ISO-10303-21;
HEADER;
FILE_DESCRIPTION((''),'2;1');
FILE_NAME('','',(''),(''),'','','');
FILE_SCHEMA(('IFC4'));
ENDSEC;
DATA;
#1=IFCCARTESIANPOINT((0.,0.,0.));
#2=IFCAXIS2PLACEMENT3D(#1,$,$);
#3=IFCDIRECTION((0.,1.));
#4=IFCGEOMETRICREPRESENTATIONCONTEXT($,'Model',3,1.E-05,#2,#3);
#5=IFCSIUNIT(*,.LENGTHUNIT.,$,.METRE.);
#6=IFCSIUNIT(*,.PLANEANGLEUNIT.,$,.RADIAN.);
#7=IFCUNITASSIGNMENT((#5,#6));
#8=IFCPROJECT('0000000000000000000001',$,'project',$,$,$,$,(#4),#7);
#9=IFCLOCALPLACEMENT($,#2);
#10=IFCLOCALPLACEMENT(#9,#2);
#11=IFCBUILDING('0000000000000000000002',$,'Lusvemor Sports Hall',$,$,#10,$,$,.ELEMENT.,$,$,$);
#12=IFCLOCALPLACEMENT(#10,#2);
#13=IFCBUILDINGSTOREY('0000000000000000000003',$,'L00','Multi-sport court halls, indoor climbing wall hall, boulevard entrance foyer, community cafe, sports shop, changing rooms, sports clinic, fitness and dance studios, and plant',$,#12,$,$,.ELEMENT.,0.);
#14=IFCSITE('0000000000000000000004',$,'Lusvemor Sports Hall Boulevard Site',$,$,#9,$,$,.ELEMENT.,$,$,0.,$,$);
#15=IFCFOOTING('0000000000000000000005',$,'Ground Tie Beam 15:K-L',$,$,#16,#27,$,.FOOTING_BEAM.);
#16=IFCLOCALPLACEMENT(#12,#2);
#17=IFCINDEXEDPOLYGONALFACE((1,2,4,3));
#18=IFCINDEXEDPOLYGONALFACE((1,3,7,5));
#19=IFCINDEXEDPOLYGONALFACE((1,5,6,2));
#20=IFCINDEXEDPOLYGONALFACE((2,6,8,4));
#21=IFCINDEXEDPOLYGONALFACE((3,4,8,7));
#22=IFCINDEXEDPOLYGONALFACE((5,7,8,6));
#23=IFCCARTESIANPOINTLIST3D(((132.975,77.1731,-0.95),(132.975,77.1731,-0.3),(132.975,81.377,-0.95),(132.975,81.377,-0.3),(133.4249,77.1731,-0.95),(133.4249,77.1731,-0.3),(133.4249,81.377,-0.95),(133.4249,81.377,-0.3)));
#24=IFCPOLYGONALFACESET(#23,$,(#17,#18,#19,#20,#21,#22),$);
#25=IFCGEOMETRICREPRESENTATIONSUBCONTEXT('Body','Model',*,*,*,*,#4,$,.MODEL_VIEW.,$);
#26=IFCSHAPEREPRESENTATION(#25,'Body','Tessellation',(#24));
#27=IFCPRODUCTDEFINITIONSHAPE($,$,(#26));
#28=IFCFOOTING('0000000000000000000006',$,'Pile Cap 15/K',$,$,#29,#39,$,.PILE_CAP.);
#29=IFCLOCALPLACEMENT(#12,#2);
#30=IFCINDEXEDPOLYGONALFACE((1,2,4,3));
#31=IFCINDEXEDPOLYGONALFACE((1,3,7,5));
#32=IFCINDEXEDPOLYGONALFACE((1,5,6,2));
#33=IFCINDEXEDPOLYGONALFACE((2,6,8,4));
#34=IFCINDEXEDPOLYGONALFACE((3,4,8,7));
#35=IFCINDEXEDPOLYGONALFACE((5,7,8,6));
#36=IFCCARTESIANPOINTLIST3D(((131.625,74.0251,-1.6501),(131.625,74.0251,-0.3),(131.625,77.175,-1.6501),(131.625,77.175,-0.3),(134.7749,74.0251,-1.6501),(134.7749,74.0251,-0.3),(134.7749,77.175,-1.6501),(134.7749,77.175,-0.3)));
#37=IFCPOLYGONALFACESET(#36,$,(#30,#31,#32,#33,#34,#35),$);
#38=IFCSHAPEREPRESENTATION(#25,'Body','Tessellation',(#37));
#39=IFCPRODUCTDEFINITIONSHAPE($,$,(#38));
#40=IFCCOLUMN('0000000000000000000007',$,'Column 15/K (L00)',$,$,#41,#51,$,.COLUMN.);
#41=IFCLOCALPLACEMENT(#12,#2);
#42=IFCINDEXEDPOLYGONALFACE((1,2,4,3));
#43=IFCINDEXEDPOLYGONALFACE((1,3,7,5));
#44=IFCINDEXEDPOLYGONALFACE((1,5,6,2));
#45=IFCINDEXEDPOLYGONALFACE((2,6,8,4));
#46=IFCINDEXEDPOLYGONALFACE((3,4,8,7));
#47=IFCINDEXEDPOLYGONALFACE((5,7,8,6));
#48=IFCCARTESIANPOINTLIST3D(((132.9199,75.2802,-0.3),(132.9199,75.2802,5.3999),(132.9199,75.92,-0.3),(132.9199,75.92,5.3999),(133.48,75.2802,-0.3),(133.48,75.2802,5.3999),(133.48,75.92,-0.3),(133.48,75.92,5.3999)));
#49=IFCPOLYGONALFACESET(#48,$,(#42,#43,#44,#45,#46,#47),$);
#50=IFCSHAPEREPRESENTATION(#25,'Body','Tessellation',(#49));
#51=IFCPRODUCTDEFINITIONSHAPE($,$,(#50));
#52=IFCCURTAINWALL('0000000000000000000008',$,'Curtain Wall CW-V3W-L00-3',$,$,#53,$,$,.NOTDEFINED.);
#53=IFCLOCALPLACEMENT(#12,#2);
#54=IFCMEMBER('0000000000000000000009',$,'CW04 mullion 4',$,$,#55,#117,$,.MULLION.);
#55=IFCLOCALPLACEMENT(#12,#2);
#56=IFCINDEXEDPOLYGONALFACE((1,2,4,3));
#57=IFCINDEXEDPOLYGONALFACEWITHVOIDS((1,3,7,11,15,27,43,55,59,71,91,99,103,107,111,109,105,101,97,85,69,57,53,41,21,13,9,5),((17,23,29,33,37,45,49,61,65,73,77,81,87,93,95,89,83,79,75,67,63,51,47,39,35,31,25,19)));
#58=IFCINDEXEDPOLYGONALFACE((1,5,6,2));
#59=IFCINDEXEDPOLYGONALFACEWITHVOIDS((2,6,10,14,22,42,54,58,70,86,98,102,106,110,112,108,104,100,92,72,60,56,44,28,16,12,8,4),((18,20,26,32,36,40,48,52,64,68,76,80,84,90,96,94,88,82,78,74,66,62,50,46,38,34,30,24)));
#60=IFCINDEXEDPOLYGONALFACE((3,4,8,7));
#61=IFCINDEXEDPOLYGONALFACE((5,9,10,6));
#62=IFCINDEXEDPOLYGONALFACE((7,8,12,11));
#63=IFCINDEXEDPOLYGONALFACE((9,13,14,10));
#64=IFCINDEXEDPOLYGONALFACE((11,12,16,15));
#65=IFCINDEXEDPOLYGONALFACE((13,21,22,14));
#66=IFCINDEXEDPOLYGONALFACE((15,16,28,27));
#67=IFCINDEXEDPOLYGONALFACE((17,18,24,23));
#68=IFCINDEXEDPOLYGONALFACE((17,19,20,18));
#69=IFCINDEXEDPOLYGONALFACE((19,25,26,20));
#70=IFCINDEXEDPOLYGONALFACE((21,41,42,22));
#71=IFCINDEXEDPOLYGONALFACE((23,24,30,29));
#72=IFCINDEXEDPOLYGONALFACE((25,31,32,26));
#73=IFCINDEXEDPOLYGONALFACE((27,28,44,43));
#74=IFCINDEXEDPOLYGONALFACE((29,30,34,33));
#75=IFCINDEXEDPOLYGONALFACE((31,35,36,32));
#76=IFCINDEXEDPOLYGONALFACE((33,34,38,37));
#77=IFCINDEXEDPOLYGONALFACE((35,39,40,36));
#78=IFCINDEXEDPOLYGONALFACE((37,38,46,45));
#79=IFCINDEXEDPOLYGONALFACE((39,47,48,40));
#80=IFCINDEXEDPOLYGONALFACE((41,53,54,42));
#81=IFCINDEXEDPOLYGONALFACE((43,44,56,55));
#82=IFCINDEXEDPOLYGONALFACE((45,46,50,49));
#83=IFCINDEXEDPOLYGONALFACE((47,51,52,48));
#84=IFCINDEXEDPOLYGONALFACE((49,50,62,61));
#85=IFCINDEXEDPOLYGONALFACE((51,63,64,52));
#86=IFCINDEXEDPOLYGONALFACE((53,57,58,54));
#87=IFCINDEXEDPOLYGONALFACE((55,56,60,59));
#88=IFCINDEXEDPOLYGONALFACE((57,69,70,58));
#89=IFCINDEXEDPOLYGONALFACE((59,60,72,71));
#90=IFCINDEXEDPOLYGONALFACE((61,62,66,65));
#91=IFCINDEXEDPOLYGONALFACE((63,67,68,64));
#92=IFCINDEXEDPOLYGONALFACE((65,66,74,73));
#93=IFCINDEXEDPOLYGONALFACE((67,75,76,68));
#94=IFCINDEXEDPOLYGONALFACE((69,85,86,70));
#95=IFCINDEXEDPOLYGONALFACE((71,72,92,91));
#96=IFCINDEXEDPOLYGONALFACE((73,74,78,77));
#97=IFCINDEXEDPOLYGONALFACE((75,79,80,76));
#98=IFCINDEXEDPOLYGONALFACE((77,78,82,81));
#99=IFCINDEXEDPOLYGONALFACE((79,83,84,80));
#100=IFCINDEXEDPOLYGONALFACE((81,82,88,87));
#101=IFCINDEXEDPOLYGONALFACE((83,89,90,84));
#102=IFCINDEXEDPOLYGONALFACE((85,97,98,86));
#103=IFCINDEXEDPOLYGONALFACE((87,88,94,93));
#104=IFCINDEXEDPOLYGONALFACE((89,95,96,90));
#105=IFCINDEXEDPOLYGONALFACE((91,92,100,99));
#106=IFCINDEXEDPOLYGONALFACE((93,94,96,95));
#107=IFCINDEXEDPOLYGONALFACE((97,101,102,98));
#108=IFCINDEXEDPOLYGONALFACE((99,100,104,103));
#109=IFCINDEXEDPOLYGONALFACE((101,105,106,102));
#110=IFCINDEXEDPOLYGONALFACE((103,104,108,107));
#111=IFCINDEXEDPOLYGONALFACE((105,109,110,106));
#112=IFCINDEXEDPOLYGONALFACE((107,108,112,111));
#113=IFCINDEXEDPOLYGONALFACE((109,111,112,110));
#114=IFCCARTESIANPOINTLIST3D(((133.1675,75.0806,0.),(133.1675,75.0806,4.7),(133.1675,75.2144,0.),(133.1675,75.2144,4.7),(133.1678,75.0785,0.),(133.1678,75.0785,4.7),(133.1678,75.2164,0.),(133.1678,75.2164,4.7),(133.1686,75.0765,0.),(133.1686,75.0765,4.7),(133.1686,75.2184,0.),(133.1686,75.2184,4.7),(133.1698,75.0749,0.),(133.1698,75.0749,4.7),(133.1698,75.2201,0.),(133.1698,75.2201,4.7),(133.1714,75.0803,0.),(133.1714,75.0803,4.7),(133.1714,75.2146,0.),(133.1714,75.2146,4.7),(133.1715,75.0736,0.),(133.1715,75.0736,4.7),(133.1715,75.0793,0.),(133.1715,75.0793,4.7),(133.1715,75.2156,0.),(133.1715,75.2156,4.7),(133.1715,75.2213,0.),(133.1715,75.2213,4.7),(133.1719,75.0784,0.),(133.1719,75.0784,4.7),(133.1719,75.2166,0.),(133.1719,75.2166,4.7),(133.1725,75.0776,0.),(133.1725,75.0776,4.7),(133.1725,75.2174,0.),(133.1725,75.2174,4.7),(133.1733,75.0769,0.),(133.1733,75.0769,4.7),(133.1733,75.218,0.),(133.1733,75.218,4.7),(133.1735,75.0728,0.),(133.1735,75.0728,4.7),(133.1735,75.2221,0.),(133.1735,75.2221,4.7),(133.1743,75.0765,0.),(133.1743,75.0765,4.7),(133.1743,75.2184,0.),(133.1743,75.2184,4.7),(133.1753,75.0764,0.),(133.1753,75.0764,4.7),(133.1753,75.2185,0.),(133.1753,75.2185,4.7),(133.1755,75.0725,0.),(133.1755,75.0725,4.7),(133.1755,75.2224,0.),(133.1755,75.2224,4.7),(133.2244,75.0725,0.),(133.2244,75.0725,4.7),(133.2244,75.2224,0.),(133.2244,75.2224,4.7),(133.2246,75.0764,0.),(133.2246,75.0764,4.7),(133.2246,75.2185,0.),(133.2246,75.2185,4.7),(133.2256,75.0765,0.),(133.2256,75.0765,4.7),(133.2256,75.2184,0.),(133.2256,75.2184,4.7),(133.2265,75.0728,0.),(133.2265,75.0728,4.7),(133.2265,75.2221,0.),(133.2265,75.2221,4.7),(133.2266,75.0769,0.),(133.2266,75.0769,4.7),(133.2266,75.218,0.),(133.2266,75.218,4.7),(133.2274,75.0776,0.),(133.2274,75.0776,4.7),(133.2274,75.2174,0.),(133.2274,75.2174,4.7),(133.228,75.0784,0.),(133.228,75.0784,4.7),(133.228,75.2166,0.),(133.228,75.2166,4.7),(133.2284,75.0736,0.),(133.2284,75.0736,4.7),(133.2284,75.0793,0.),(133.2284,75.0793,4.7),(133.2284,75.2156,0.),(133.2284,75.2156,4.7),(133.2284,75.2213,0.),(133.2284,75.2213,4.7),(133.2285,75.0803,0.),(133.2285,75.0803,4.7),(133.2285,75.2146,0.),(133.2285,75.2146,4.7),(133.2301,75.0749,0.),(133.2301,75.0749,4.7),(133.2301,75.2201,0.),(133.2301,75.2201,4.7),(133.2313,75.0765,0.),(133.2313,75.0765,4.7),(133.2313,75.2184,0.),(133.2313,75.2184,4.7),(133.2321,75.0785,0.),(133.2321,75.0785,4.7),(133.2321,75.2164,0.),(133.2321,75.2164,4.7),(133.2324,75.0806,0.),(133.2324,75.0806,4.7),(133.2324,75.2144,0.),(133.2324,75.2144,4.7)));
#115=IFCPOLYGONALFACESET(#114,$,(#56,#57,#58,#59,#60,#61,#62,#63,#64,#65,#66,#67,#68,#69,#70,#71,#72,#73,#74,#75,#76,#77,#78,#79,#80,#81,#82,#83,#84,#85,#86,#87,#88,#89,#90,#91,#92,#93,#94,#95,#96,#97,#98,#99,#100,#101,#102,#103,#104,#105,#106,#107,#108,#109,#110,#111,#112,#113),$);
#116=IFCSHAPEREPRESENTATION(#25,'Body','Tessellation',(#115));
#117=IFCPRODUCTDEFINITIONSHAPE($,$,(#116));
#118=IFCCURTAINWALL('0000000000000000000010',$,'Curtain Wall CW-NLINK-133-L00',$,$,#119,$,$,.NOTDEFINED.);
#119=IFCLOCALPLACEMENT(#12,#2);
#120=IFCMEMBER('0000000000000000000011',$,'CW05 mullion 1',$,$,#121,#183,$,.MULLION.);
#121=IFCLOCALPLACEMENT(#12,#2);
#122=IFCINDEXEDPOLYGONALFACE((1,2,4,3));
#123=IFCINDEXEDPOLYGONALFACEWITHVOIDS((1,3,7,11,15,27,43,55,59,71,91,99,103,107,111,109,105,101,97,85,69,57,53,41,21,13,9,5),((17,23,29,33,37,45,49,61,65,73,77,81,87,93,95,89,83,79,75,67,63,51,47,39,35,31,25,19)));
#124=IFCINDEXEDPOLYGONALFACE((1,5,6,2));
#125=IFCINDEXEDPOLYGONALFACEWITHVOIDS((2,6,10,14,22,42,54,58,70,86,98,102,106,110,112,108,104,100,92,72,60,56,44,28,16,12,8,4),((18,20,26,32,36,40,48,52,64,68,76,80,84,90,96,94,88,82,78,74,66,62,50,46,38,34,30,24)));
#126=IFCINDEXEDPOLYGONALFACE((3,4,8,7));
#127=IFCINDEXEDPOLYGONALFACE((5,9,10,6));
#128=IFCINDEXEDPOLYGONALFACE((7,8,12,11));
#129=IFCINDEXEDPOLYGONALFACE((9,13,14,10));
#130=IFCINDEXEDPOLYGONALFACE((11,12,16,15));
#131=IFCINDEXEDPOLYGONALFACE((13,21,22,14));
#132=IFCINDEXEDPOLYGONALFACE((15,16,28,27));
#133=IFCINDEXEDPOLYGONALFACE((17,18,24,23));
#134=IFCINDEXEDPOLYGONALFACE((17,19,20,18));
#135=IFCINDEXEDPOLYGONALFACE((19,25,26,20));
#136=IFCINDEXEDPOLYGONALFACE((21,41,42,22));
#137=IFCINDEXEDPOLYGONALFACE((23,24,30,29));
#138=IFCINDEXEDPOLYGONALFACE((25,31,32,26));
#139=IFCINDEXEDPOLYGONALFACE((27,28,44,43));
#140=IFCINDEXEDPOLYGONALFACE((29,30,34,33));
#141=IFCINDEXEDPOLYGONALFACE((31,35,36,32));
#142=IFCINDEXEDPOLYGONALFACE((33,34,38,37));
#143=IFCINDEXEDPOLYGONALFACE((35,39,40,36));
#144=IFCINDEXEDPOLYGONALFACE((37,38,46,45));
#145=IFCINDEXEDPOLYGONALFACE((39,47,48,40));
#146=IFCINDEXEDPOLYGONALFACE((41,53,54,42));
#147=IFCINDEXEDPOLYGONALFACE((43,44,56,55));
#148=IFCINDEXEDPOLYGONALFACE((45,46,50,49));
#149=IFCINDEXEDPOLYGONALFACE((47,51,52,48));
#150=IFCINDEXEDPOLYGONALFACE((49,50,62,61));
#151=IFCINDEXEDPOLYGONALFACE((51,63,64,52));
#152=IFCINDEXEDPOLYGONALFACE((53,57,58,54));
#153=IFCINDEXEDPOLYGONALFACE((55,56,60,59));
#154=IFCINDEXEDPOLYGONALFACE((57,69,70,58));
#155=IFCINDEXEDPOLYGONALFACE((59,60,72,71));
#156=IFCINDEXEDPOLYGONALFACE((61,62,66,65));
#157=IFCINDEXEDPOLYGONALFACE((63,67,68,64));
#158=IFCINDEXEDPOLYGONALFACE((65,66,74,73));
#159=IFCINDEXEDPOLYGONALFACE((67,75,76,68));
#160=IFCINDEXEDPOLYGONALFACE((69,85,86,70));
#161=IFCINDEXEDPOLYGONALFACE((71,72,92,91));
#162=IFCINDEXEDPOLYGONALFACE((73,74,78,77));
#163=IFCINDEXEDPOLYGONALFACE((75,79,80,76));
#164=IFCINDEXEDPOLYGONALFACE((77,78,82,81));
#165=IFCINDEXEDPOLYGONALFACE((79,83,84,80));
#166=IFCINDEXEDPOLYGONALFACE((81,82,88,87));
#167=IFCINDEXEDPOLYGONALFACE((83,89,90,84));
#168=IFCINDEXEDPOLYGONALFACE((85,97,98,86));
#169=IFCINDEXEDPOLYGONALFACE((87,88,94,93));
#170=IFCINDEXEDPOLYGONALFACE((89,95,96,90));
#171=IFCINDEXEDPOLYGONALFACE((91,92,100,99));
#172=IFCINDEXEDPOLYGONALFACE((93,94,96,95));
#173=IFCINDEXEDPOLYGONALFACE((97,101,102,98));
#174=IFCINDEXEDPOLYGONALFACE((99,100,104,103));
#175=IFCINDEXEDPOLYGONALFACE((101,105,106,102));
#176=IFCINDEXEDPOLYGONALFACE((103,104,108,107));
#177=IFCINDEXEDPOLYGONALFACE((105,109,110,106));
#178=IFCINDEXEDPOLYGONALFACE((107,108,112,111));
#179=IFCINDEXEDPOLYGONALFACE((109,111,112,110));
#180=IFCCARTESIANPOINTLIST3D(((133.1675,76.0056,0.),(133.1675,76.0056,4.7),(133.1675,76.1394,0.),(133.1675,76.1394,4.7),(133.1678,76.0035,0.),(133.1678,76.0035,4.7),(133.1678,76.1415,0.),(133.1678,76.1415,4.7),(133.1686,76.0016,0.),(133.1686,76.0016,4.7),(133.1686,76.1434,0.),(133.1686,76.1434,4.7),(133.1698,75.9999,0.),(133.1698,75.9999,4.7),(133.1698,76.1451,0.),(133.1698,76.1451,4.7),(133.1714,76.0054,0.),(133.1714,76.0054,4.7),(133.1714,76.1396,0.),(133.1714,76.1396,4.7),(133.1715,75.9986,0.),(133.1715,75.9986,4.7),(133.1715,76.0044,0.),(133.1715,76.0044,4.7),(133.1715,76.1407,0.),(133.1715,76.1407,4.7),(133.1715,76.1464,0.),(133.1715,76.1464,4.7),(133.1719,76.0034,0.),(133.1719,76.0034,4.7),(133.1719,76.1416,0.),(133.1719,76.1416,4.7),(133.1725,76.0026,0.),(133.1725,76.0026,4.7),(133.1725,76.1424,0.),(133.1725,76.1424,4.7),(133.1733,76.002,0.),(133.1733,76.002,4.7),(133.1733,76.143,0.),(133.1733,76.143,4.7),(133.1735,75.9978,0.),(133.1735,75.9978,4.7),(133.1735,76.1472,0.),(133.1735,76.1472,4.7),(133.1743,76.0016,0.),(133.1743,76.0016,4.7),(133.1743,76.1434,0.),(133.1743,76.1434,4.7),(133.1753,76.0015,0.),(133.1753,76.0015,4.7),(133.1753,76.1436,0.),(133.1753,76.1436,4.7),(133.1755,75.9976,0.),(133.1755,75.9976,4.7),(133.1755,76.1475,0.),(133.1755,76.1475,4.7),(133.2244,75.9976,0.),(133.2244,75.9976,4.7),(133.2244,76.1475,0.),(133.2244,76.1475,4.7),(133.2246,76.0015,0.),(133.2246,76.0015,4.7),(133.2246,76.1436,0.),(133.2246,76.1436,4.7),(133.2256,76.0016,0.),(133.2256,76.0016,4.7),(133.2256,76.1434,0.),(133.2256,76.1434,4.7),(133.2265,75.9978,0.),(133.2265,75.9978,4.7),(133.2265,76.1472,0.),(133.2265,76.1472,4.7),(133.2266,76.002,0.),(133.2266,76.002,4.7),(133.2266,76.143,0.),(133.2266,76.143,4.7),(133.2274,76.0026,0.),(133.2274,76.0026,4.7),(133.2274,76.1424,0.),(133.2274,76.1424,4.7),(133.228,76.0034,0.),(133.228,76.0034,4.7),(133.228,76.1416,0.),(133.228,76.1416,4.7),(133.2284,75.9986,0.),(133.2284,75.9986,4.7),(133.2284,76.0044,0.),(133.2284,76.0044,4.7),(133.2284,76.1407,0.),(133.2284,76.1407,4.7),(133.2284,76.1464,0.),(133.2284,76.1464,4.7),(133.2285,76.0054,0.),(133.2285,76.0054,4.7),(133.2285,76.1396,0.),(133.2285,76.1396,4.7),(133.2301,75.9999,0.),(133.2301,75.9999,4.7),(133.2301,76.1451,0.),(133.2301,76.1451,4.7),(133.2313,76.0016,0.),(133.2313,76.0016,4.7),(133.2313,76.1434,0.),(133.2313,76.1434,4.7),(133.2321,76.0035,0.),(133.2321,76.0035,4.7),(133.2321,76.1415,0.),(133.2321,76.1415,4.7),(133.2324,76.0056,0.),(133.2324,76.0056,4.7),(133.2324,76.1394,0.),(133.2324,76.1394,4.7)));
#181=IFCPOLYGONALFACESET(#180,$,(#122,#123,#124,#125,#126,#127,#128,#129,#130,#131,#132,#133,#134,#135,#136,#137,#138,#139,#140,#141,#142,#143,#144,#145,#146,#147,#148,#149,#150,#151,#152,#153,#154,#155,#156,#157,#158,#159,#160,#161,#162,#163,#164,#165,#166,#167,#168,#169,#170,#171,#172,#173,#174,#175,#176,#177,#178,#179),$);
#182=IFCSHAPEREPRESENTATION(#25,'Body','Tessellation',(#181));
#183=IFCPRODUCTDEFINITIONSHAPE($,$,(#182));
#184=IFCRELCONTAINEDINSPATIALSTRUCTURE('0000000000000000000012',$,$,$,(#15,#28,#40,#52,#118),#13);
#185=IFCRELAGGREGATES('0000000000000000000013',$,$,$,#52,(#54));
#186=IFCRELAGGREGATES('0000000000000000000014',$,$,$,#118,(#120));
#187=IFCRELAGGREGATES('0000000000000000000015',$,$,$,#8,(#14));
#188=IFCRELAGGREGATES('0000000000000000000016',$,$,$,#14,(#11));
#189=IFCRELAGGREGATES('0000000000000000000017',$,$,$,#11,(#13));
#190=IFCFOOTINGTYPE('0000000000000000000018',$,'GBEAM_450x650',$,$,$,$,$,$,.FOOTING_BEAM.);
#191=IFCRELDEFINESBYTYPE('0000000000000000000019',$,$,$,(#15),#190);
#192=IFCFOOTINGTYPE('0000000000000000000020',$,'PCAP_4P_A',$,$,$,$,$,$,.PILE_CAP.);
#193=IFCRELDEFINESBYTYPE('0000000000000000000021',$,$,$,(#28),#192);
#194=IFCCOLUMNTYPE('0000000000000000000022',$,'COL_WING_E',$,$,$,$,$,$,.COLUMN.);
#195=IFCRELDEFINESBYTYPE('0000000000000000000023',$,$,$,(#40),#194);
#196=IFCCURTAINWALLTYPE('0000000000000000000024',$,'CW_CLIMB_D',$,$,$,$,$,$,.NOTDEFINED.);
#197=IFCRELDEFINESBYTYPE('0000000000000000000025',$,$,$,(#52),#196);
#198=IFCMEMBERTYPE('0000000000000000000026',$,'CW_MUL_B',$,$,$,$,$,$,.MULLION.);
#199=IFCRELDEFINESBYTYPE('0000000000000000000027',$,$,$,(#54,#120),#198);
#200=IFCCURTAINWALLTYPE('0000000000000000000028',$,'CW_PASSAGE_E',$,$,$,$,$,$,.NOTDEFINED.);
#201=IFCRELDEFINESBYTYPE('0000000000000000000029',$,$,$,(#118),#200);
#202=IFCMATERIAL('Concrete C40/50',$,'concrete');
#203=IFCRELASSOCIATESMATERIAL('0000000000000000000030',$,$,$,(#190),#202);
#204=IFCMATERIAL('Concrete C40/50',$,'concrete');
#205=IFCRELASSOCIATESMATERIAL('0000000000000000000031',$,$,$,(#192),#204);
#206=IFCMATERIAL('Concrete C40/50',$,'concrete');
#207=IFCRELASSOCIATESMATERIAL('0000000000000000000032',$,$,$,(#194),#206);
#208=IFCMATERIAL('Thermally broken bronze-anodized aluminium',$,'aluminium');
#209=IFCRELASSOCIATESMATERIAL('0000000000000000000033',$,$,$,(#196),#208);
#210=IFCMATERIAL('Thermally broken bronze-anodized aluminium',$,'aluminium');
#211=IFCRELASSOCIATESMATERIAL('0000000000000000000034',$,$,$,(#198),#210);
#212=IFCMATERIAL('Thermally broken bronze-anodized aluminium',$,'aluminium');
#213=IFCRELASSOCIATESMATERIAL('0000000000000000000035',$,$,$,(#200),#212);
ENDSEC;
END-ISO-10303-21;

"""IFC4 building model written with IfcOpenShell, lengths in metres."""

from ifc_helpers import new_model, si_unit, direction, frame, origin, origin_2d, place, context, subcontext, project, spatial, rectangle, hollow_rectangle, extrude, material, material_profile, profile_set, type_object, element, aggregate, save


model = new_model("IFC4")

# Units and contexts
model_context = context("Model", 3, precision=1e-05, world=origin(), true_north=direction((0.0, 1.0)))
body_context = subcontext(model_context, "Body", "Model", "MODEL_VIEW")
ifc_project = project(units=[si_unit("LENGTHUNIT", "METRE"), si_unit("PLANEANGLEUNIT", "RADIAN")], contexts=[model_context])

# Site, building, storey
site_placement = place(None, origin())
site = spatial("IfcSite", under=ifc_project, at=site_placement, Name="Lusvemor Sports Hall Boulevard Site", CompositionType="ELEMENT", RefElevation=0.0)
building_placement = place(site_placement, origin())
building = spatial("IfcBuilding", under=site, at=building_placement, Name="Lusvemor Sports Hall", CompositionType="ELEMENT")
storey_placement = place(building_placement, origin())
storey = spatial("IfcBuildingStorey", under=building, at=storey_placement, Name="L00", Description="Multi-sport court halls, indoor climbing wall hall, boulevard entrance foyer, community cafe, sports shop, changing rooms, sports clinic, fitness and dance studios, and plant", CompositionType="ELEMENT", Elevation=0.0)

# Footings
ifc_material_1 = material(Name="Concrete C40/50", Category="concrete")
ifc_material_profile_1 = material_profile(ifc_material_1, rectangle(XDim=0.45, YDim=0.6499, at=origin_2d()), Name="GB_450x650")
ifc_profile_set_1 = profile_set([ifc_material_profile_1], Name="Concrete C40/50")
footing_type_1 = type_object("IfcFootingType", Name="GBEAM_450x650", PredefinedType="FOOTING_BEAM", material=ifc_profile_set_1)
footing_1_placement = place(storey_placement, frame((133.2, 77.1731, -0.625), z_axis=(0.0, 1.0, 0.0), x_axis=(-1.0, 0.0, 0.0)))
element("IfcFooting", 1, at=footing_1_placement, inside=storey, type_object=footing_type_1, Name="Ground Tie Beam 15:K-L", PredefinedType="FOOTING_BEAM", context=body_context, shape_type="SweptSolid", body=[
    extrude(rectangle(XDim=0.45, YDim=0.6499, at=origin_2d()), origin(), (0.0, 0.0, 1.0), 4.2039),
])
ifc_material_2 = material(Name="Concrete C40/50", Category="concrete")
footing_type_2 = type_object("IfcFootingType", Name="PCAP_4P_A", PredefinedType="PILE_CAP", material=ifc_material_2)
footing_2_placement = place(storey_placement, frame((133.2, 75.6001, -1.6501), z_axis=(0.0, 0.0, 1.0), x_axis=(1.0, 0.0, 0.0)))
element("IfcFooting", 2, at=footing_2_placement, inside=storey, type_object=footing_type_2, Name="Pile Cap 15/K", PredefinedType="PILE_CAP", context=body_context, shape_type="SweptSolid", body=[
    extrude(rectangle(XDim=3.1499, YDim=3.1499, at=origin_2d()), origin(), (0.0, 0.0, 1.0), 1.3501),
])

# Column
ifc_material_3 = material(Name="Concrete C40/50", Category="concrete")
ifc_material_profile_2 = material_profile(ifc_material_3, rectangle(XDim=0.5601, YDim=0.6399, at=origin_2d()), Name="RC560x640")
ifc_profile_set_2 = profile_set([ifc_material_profile_2], Name="Concrete C40/50")
column_type = type_object("IfcColumnType", Name="COL_WING_E", PredefinedType="COLUMN", material=ifc_profile_set_2)
column_placement = place(storey_placement, frame((133.2, 75.6001, -0.3), z_axis=(0.0, 0.0, 1.0), x_axis=(1.0, 0.0, 0.0)))
element("IfcColumn", 3, at=column_placement, inside=storey, type_object=column_type, Name="Column 15/K (L00)", PredefinedType="COLUMN", context=body_context, shape_type="SweptSolid", body=[
    extrude(rectangle(XDim=0.5601, YDim=0.6399, at=origin_2d()), origin(), (0.0, 0.0, 1.0), 5.7),
])

# Curtain wall, member
ifc_material_4 = material(Name="Thermally broken bronze-anodized aluminium", Category="aluminium")
curtain_wall_type_1 = type_object("IfcCurtainWallType", Name="CW_CLIMB_D", PredefinedType="NOTDEFINED", material=ifc_material_4)
curtain_wall_1_placement = place(storey_placement, origin())
curtain_wall_1 = element("IfcCurtainWall", 4, at=curtain_wall_1_placement, inside=storey, type_object=curtain_wall_type_1, Name="Curtain Wall CW-V3W-L00-3", PredefinedType="NOTDEFINED")
ifc_material_5 = material(Name="Thermally broken bronze-anodized aluminium", Category="aluminium")
ifc_material_profile_3 = material_profile(ifc_material_5, hollow_rectangle(XDim=0.0649, YDim=0.1499, WallThickness=0.0039, InnerFilletRadius=0.0039, OuterFilletRadius=0.0081, at=origin_2d()), Name="CWMUL150x65x4")
ifc_profile_set_3 = profile_set([ifc_material_profile_3], Name="Thermally broken bronze-anodized aluminium")
member_type_1 = type_object("IfcMemberType", Name="CW_MUL_B", PredefinedType="MULLION", material=ifc_profile_set_3)
member_1_placement = place(storey_placement, frame((133.2, 75.1475, 0.0), z_axis=(0.0, 0.0, 1.0), x_axis=(-1.0, 0.0, 0.0)))
member_1 = element("IfcMember", 5, at=member_1_placement, type_object=member_type_1, Name="CW04 mullion 4", PredefinedType="MULLION", context=body_context, shape_type="SweptSolid", body=[
    extrude(hollow_rectangle(XDim=0.0649, YDim=0.1499, WallThickness=0.0039, InnerFilletRadius=0.0039, OuterFilletRadius=0.0081, at=origin_2d()), origin(), (0.0, 0.0, 1.0), 4.7),
])

# Curtain wall, member
ifc_material_6 = material(Name="Thermally broken bronze-anodized aluminium", Category="aluminium")
curtain_wall_type_2 = type_object("IfcCurtainWallType", Name="CW_PASSAGE_E", PredefinedType="NOTDEFINED", material=ifc_material_6)
curtain_wall_2_placement = place(storey_placement, origin())
curtain_wall_2 = element("IfcCurtainWall", 6, at=curtain_wall_2_placement, inside=storey, type_object=curtain_wall_type_2, Name="Curtain Wall CW-NLINK-133-L00", PredefinedType="NOTDEFINED")
member_2_placement = place(storey_placement, frame((133.2, 76.0725, 0.0), z_axis=(0.0, 0.0, 1.0), x_axis=(-1.0, 0.0, 0.0)))
member_2 = element("IfcMember", 7, at=member_2_placement, type_object=member_type_1, Name="CW05 mullion 1", PredefinedType="MULLION", context=body_context, shape_type="SweptSolid", body=[
    extrude(hollow_rectangle(XDim=0.0649, YDim=0.1499, WallThickness=0.0039, InnerFilletRadius=0.0039, OuterFilletRadius=0.0081, at=origin_2d()), origin(), (0.0, 0.0, 1.0), 4.7),
])

aggregate(curtain_wall_1, [member_1])
aggregate(curtain_wall_2, [member_2])

save(model, "model.ifc")
